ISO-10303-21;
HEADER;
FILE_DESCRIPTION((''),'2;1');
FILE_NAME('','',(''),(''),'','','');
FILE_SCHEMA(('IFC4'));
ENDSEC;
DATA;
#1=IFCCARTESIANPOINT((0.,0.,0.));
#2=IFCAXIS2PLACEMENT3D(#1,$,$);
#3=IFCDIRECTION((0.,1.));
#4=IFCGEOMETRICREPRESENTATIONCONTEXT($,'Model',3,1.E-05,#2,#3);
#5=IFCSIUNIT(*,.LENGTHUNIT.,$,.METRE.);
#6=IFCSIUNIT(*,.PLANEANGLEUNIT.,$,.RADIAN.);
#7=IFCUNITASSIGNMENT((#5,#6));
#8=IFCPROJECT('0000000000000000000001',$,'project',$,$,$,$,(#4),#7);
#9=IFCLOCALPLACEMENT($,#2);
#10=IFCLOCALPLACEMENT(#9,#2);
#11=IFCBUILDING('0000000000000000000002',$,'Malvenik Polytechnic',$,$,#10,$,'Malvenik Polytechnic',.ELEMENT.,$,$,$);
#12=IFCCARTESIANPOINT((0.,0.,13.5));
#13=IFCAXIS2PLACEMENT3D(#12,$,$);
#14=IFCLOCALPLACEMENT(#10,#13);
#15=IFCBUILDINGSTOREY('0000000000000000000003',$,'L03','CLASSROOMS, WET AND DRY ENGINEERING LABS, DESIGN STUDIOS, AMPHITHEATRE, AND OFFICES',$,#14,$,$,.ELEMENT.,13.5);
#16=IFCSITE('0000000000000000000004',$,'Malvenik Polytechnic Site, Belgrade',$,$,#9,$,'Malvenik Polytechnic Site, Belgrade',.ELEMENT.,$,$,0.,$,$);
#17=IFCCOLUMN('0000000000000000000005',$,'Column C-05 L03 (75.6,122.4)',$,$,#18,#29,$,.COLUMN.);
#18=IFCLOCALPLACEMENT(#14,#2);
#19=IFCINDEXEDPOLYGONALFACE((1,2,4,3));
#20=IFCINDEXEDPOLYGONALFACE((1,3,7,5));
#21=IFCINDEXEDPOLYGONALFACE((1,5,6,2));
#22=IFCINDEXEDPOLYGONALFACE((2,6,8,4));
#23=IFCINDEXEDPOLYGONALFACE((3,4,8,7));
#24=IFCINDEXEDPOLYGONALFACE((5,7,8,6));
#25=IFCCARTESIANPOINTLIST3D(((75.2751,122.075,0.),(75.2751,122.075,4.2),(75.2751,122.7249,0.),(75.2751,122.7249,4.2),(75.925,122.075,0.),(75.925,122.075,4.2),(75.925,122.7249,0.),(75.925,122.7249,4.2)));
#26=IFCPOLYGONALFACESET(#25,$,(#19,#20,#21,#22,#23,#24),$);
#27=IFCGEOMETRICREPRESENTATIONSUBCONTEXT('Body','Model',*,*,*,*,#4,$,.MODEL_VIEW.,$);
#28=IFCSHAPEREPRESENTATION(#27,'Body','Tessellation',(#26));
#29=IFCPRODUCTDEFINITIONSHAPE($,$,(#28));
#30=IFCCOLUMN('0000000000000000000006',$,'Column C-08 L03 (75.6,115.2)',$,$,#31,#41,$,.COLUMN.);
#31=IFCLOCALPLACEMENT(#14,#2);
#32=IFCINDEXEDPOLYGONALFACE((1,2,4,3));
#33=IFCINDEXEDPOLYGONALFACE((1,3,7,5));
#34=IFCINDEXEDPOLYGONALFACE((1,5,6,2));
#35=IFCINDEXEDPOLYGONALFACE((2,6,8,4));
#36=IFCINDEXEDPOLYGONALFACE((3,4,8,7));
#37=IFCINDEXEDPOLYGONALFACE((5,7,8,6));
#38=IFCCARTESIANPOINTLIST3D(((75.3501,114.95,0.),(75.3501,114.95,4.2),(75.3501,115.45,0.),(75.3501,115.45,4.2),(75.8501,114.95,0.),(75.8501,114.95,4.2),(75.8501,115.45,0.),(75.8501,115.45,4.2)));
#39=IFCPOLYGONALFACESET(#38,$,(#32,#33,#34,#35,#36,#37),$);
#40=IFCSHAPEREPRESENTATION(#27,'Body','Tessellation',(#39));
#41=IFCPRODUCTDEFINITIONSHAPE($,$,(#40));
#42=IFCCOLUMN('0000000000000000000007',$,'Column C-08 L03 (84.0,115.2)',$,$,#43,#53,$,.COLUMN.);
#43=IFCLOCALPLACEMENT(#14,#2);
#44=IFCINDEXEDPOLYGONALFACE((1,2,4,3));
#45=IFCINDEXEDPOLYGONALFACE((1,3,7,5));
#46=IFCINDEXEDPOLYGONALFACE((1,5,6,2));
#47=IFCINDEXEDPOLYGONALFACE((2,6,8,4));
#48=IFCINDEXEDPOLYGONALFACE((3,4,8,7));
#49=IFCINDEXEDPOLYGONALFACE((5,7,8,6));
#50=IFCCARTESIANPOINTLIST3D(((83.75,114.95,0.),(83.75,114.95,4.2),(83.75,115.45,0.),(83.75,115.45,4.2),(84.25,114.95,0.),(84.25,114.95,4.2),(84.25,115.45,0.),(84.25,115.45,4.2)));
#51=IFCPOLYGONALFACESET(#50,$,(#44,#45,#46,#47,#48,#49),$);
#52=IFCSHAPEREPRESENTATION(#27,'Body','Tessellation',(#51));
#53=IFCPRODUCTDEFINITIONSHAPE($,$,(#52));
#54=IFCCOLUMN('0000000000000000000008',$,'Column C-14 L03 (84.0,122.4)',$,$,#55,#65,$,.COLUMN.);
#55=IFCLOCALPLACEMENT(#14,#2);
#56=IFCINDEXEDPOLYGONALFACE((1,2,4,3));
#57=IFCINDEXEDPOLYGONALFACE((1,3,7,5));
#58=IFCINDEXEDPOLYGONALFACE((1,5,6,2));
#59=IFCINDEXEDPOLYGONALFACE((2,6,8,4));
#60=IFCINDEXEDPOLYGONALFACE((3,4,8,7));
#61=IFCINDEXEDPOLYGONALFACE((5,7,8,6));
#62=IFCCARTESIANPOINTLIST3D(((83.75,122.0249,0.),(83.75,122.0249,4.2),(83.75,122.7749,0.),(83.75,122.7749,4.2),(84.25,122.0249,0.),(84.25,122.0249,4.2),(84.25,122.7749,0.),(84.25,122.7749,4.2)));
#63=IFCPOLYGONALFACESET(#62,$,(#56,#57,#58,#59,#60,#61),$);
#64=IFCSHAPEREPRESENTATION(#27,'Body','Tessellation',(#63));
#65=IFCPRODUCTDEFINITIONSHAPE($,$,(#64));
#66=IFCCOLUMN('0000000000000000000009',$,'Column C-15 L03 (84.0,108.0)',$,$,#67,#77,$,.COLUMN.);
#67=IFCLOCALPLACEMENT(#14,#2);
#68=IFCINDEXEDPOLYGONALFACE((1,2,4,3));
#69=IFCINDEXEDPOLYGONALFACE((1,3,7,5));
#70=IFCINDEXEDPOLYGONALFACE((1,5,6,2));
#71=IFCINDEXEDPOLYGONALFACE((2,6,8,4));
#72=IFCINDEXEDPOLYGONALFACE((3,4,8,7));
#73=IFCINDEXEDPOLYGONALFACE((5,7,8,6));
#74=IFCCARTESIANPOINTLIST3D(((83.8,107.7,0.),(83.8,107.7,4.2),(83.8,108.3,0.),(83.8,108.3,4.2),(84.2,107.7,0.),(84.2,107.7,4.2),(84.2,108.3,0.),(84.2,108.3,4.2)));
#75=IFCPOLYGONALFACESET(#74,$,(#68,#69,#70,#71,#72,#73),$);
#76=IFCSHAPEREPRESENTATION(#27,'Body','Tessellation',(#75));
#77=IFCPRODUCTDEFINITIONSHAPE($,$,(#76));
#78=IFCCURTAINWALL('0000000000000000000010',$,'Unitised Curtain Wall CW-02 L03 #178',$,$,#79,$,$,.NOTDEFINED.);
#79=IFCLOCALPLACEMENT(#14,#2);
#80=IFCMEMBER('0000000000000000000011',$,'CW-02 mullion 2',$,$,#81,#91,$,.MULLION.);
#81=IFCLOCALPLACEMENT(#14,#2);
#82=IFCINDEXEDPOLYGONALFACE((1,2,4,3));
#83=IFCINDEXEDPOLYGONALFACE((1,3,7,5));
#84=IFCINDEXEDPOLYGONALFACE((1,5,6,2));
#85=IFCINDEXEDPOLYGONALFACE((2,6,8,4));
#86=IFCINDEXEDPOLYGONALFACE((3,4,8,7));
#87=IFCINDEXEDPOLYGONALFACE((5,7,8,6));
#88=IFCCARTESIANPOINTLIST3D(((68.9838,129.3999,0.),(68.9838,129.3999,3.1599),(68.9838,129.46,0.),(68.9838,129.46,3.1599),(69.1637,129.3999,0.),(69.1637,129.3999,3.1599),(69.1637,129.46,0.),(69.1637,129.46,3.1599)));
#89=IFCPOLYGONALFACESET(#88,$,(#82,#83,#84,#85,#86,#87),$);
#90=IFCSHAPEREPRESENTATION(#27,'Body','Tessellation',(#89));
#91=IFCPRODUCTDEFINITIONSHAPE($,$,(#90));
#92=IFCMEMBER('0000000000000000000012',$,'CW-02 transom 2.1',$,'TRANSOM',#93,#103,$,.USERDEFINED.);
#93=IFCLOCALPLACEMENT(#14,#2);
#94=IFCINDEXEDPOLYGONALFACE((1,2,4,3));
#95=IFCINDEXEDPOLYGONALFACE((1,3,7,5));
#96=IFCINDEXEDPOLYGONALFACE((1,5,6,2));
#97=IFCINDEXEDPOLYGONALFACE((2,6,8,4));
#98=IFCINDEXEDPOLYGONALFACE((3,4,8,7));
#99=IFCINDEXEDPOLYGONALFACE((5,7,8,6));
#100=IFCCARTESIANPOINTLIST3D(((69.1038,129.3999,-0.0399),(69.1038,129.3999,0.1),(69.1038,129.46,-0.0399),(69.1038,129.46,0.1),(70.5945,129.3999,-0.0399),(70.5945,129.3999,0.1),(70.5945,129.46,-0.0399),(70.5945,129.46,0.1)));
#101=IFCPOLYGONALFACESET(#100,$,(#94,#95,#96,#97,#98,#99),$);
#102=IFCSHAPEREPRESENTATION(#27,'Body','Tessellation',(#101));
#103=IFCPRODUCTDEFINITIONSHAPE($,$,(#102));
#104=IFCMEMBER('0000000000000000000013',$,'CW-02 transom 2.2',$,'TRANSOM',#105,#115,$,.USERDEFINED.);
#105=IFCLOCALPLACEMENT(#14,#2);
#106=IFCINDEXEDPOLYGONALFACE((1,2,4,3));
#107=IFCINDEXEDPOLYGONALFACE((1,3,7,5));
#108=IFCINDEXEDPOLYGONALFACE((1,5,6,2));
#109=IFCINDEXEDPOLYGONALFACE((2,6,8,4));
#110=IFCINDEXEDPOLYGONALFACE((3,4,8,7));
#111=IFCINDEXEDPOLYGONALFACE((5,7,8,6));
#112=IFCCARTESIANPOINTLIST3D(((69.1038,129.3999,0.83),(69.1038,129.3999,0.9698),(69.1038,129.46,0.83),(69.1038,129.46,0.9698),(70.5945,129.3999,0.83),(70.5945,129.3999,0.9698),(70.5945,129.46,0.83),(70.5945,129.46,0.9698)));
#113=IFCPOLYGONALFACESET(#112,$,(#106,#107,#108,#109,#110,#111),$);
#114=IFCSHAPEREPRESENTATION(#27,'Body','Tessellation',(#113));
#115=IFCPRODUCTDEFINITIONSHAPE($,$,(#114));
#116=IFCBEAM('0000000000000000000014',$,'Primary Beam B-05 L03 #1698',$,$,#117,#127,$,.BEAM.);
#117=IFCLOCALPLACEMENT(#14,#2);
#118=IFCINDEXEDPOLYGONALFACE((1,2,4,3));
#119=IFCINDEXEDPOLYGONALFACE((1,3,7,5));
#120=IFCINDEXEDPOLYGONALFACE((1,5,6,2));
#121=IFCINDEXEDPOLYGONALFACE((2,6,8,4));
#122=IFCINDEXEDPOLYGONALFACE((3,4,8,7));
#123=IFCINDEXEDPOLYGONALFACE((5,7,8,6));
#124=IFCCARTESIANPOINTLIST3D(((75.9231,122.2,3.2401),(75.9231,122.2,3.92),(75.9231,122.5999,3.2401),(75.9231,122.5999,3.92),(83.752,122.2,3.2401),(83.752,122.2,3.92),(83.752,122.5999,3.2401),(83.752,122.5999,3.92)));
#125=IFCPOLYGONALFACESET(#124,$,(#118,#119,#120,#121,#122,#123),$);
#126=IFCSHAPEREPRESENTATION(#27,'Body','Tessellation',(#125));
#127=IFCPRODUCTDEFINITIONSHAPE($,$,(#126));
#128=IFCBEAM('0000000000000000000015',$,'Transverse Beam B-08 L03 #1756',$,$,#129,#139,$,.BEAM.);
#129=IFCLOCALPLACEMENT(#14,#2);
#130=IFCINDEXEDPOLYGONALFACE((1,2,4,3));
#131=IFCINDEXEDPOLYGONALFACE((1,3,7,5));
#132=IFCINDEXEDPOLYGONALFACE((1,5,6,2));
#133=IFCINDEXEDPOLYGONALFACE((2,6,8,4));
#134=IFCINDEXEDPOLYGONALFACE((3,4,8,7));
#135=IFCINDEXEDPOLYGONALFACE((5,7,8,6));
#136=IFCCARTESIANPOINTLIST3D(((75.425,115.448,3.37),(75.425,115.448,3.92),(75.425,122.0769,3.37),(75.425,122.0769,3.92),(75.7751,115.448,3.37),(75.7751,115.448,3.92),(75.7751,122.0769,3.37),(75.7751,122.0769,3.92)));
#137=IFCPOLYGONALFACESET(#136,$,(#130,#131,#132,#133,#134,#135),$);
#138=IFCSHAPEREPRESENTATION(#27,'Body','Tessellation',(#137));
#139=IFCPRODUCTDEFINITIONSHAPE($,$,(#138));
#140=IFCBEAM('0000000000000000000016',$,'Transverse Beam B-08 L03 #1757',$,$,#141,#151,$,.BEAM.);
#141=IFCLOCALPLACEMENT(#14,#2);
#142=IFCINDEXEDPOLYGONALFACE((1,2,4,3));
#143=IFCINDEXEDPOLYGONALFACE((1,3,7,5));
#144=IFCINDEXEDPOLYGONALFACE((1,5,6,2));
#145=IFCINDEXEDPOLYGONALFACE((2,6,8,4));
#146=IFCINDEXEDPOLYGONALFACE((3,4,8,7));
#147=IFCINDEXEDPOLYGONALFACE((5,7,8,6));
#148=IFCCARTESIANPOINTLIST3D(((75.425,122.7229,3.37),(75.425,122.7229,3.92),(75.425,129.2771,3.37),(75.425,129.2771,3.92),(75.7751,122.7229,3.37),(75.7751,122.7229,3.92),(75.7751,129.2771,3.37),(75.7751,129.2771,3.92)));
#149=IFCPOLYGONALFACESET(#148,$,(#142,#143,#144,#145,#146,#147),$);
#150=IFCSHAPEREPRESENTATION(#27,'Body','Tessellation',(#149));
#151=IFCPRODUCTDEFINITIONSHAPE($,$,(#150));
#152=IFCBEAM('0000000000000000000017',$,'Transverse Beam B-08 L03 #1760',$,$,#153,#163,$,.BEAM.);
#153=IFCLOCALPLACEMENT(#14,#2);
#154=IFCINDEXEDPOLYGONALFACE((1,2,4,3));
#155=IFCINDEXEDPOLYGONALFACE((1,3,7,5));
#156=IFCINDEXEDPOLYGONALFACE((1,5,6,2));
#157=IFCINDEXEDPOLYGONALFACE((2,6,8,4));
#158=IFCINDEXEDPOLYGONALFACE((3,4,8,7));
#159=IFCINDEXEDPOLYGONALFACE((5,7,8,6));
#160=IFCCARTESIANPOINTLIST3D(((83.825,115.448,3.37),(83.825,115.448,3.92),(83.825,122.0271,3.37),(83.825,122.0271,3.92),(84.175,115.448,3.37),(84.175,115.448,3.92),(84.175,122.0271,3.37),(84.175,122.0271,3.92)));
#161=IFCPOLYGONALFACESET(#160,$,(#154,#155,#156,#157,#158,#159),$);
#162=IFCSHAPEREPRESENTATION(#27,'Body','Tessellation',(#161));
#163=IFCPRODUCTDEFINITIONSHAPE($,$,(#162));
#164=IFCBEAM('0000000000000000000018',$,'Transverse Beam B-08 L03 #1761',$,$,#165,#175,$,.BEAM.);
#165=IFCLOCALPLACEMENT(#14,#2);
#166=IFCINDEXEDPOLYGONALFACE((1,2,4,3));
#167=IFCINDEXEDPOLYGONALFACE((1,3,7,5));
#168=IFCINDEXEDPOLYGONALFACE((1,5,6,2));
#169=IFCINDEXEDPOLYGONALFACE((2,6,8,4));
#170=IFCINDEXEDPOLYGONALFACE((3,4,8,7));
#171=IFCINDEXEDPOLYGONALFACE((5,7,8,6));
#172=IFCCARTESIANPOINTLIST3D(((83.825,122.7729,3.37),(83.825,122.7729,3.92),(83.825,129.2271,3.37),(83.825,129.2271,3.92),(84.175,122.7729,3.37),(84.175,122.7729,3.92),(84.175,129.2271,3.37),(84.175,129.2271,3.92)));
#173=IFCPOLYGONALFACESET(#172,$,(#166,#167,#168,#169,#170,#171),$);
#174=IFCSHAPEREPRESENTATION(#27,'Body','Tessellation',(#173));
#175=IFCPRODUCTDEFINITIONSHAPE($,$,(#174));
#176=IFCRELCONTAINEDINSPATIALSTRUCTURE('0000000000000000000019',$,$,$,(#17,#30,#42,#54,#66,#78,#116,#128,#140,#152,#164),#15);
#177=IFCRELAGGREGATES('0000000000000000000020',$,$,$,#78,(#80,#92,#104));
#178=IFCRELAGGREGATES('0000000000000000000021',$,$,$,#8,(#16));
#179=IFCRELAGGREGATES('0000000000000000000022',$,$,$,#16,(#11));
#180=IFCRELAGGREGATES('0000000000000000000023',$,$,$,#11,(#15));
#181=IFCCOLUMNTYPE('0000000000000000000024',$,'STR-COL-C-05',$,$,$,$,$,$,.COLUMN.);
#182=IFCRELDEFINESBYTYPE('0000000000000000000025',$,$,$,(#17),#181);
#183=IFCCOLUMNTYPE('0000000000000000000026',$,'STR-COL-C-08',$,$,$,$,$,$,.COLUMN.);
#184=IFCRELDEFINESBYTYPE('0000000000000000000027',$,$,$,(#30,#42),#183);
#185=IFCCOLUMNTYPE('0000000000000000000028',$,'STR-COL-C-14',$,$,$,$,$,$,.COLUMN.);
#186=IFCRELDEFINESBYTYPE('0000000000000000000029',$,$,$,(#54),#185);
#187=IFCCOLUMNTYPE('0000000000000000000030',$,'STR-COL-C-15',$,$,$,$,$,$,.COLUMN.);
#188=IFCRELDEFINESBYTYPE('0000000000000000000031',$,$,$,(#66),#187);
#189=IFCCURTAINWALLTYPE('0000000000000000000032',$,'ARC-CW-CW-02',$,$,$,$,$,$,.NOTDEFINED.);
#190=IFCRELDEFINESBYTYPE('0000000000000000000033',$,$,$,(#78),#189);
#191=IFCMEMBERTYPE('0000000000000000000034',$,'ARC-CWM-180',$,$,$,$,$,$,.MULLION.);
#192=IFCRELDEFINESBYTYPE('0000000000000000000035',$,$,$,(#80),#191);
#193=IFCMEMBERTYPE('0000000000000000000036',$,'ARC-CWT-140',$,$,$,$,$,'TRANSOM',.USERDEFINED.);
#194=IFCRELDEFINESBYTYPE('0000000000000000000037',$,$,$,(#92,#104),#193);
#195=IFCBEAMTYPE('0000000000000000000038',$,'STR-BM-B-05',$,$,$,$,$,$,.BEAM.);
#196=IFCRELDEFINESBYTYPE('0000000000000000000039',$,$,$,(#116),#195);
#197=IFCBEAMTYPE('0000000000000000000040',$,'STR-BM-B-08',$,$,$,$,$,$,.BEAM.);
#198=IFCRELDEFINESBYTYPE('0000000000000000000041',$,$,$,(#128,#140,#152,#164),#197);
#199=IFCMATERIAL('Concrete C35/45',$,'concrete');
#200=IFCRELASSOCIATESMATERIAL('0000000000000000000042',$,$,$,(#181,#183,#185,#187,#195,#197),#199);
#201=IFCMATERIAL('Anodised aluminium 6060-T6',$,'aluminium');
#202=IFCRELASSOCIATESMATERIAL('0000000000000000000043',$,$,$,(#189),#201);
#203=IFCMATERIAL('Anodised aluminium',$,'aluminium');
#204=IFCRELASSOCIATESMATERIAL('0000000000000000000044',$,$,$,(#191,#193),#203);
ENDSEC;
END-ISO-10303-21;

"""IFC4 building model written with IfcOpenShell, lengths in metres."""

from ifc_helpers import new_model, si_unit, direction, frame, origin, origin_2d, place, context, subcontext, project, spatial, rectangle, extrude, material, material_profile, profile_set, type_object, element, aggregate, save


model = new_model("IFC4")

# Units and contexts
model_context = context("Model", 3, precision=1e-05, world=origin(), true_north=direction((0.0, 1.0)))
body_context = subcontext(model_context, "Body", "Model", "MODEL_VIEW")
ifc_project = project(units=[si_unit("LENGTHUNIT", "METRE"), si_unit("PLANEANGLEUNIT", "RADIAN")], contexts=[model_context])

# Site, building, storey
site_placement = place(None, origin())
site = spatial("IfcSite", under=ifc_project, at=site_placement, Name="Malvenik Polytechnic Site, Belgrade", LongName="Malvenik Polytechnic Site, Belgrade", CompositionType="ELEMENT", RefElevation=0.0)
building_placement = place(site_placement, origin())
building = spatial("IfcBuilding", under=site, at=building_placement, Name="Malvenik Polytechnic", LongName="Malvenik Polytechnic", CompositionType="ELEMENT")
storey_placement = place(building_placement, frame((0.0, 0.0, 13.5)))
storey = spatial("IfcBuildingStorey", under=building, at=storey_placement, Name="L03", Description="CLASSROOMS, WET AND DRY ENGINEERING LABS, DESIGN STUDIOS, AMPHITHEATRE, AND OFFICES", CompositionType="ELEMENT", Elevation=13.5)

# Columns
ifc_material_1 = material(Name="Concrete C35/45", Category="concrete")
ifc_material_profile_1 = material_profile(ifc_material_1, rectangle(XDim=0.6499, YDim=0.6499, at=origin_2d()), Name="RC COL 650x650")
ifc_profile_set_1 = profile_set([ifc_material_profile_1], Name="Concrete C35/45")
column_type_1 = type_object("IfcColumnType", Name="STR-COL-C-05", PredefinedType="COLUMN", material=ifc_profile_set_1)
column_1_placement = place(storey_placement, frame((75.6001, 122.3999, 0.0), z_axis=(0.0, 0.0, 1.0), x_axis=(1.0, 0.0, 0.0)))
element("IfcColumn", 1, at=column_1_placement, inside=storey, type_object=column_type_1, Name="Column C-05 L03 (75.6,122.4)", PredefinedType="COLUMN", context=body_context, shape_type="SweptSolid", body=[
    extrude(rectangle(XDim=0.6499, YDim=0.6499, at=origin_2d()), origin(), (0.0, 0.0, 1.0), 4.2),
])
ifc_material_profile_2 = material_profile(ifc_material_1, rectangle(XDim=0.5, YDim=0.5, at=origin_2d()), Name="RC COL 500x500")
ifc_profile_set_2 = profile_set([ifc_material_profile_2], Name="Concrete C35/45")
column_type_2 = type_object("IfcColumnType", Name="STR-COL-C-08", PredefinedType="COLUMN", material=ifc_profile_set_2)
for number, where, z_axis, x_axis, name in (
    (2, (75.6001, 115.2, 0.0), (0.0, 0.0, 1.0), (1.0, 0.0, 0.0), "Column C-08 L03 (75.6,115.2)"),
    (3, (84.0, 115.2, 0.0), (0.0, 0.0, 1.0), (1.0, 0.0, 0.0), "Column C-08 L03 (84.0,115.2)"),
):
    element("IfcColumn", number, at=place(storey_placement, frame(where, z_axis=z_axis, x_axis=x_axis)), inside=storey, type_object=column_type_2, Name=name, PredefinedType="COLUMN", context=body_context, shape_type="SweptSolid", body=[
        extrude(rectangle(XDim=0.5, YDim=0.5, at=origin_2d()), origin(), (0.0, 0.0, 1.0), 4.2),
    ])
ifc_material_profile_3 = material_profile(ifc_material_1, rectangle(XDim=0.5, YDim=0.75, at=origin_2d()), Name="RC COL 750x500")
ifc_profile_set_3 = profile_set([ifc_material_profile_3], Name="Concrete C35/45")
column_type_3 = type_object("IfcColumnType", Name="STR-COL-C-14", PredefinedType="COLUMN", material=ifc_profile_set_3)
column_2_placement = place(storey_placement, frame((84.0, 122.3999, 0.0), z_axis=(0.0, 0.0, 1.0), x_axis=(1.0, 0.0, 0.0)))
element("IfcColumn", 4, at=column_2_placement, inside=storey, type_object=column_type_3, Name="Column C-14 L03 (84.0,122.4)", PredefinedType="COLUMN", context=body_context, shape_type="SweptSolid", body=[
    extrude(rectangle(XDim=0.5, YDim=0.75, at=origin_2d()), origin(), (0.0, 0.0, 1.0), 4.2),
])
ifc_material_profile_4 = material_profile(ifc_material_1, rectangle(XDim=0.3999, YDim=0.6001, at=origin_2d()), Name="RC COL 600x400")
ifc_profile_set_4 = profile_set([ifc_material_profile_4], Name="Concrete C35/45")
column_type_4 = type_object("IfcColumnType", Name="STR-COL-C-15", PredefinedType="COLUMN", material=ifc_profile_set_4)
column_3_placement = place(storey_placement, frame((84.0, 108.0, 0.0), z_axis=(0.0, 0.0, 1.0), x_axis=(1.0, 0.0, 0.0)))
element("IfcColumn", 5, at=column_3_placement, inside=storey, type_object=column_type_4, Name="Column C-15 L03 (84.0,108.0)", PredefinedType="COLUMN", context=body_context, shape_type="SweptSolid", body=[
    extrude(rectangle(XDim=0.3999, YDim=0.6001, at=origin_2d()), origin(), (0.0, 0.0, 1.0), 4.2),
])

# Curtain wall, members
ifc_material_2 = material(Name="Anodised aluminium 6060-T6", Category="aluminium")
curtain_wall_type = type_object("IfcCurtainWallType", Name="ARC-CW-CW-02", PredefinedType="NOTDEFINED", material=ifc_material_2)
curtain_wall_placement = place(storey_placement, origin())
curtain_wall = element("IfcCurtainWall", 6, at=curtain_wall_placement, inside=storey, type_object=curtain_wall_type, Name="Unitised Curtain Wall CW-02 L03 #178", PredefinedType="NOTDEFINED")
ifc_material_3 = material(Name="Anodised aluminium", Category="aluminium")
ifc_material_profile_5 = material_profile(ifc_material_3, rectangle(XDim=0.0601, YDim=0.1799, at=origin_2d()), Name="ALU MULLION 60x180")
ifc_profile_set_5 = profile_set([ifc_material_profile_5], Name="Anodised aluminium")
member_type_1 = type_object("IfcMemberType", Name="ARC-CWM-180", PredefinedType="MULLION", material=ifc_profile_set_5)
member_1_placement = place(storey_placement, frame((69.0737, 129.4299, 0.0), z_axis=(0.0, 0.0, 1.0), x_axis=(0.0, 1.0, 0.0)))
member_1 = element("IfcMember", 7, at=member_1_placement, type_object=member_type_1, Name="CW-02 mullion 2", PredefinedType="MULLION", context=body_context, shape_type="SweptSolid", body=[
    extrude(rectangle(XDim=0.0601, YDim=0.1799, at=origin_2d()), origin(), (0.0, 0.0, 1.0), 3.1599),
])
ifc_material_profile_6 = material_profile(ifc_material_3, rectangle(XDim=0.0601, YDim=0.1399, at=origin_2d()), Name="ALU TRANSOM 60x140")
ifc_profile_set_6 = profile_set([ifc_material_profile_6], Name="Anodised aluminium")
member_type_2 = type_object("IfcMemberType", Name="ARC-CWT-140", ElementType="TRANSOM", PredefinedType="USERDEFINED", material=ifc_profile_set_6)
member_2_placement = place(storey_placement, frame((69.1038, 129.4299, 0.03), z_axis=(1.0, 0.0, 0.0), x_axis=(0.0, 1.0, 0.0)))
member_2 = element("IfcMember", 8, at=member_2_placement, type_object=member_type_2, Name="CW-02 transom 2.1", ObjectType="TRANSOM", PredefinedType="USERDEFINED", context=body_context, shape_type="SweptSolid", body=[
    extrude(rectangle(XDim=0.0601, YDim=0.1399, at=origin_2d()), origin(), (0.0, 0.0, 1.0), 1.4907),
])
member_3_placement = place(storey_placement, frame((69.1038, 129.4299, 0.8999), z_axis=(1.0, 0.0, 0.0), x_axis=(0.0, 1.0, 0.0)))
member_3 = element("IfcMember", 9, at=member_3_placement, type_object=member_type_2, Name="CW-02 transom 2.2", ObjectType="TRANSOM", PredefinedType="USERDEFINED", context=body_context, shape_type="SweptSolid", body=[
    extrude(rectangle(XDim=0.0601, YDim=0.1399, at=origin_2d()), origin(), (0.0, 0.0, 1.0), 1.4907),
])

# Beams
ifc_material_profile_7 = material_profile(ifc_material_1, rectangle(XDim=0.3999, YDim=0.6799, at=origin_2d()), Name="RC BM 400x680")
ifc_profile_set_7 = profile_set([ifc_material_profile_7], Name="Concrete C35/45")
beam_type_1 = type_object("IfcBeamType", Name="STR-BM-B-05", PredefinedType="BEAM", material=ifc_profile_set_7)
beam_1_placement = place(storey_placement, frame((75.9231, 122.3999, 3.5801), z_axis=(1.0, 0.0, 0.0), x_axis=(0.0, 1.0, 0.0)))
element("IfcBeam", 10, at=beam_1_placement, inside=storey, type_object=beam_type_1, Name="Primary Beam B-05 L03 #1698", PredefinedType="BEAM", context=body_context, shape_type="SweptSolid", body=[
    extrude(rectangle(XDim=0.3999, YDim=0.6799, at=origin_2d()), origin(), (0.0, 0.0, 1.0), 7.8289),
])
ifc_material_profile_8 = material_profile(ifc_material_1, rectangle(XDim=0.3501, YDim=0.55, at=origin_2d()), Name="RC BM 350x550")
ifc_profile_set_8 = profile_set([ifc_material_profile_8], Name="Concrete C35/45")
beam_type_2 = type_object("IfcBeamType", Name="STR-BM-B-08", PredefinedType="BEAM", material=ifc_profile_set_8)
beam_2_placement = place(storey_placement, frame((75.6001, 115.448, 3.645), z_axis=(0.0, 1.0, 0.0), x_axis=(-1.0, 0.0, 0.0)))
element("IfcBeam", 11, at=beam_2_placement, inside=storey, type_object=beam_type_2, Name="Transverse Beam B-08 L03 #1756", PredefinedType="BEAM", context=body_context, shape_type="SweptSolid", body=[
    extrude(rectangle(XDim=0.3501, YDim=0.55, at=origin_2d()), origin(), (0.0, 0.0, 1.0), 6.6289),
])
beam_3_placement = place(storey_placement, frame((75.6001, 122.7229, 3.645), z_axis=(0.0, 1.0, 0.0), x_axis=(-1.0, 0.0, 0.0)))
element("IfcBeam", 12, at=beam_3_placement, inside=storey, type_object=beam_type_2, Name="Transverse Beam B-08 L03 #1757", PredefinedType="BEAM", context=body_context, shape_type="SweptSolid", body=[
    extrude(rectangle(XDim=0.3501, YDim=0.55, at=origin_2d()), origin(), (0.0, 0.0, 1.0), 6.5542),
])
beam_4_placement = place(storey_placement, frame((84.0, 115.448, 3.645), z_axis=(0.0, 1.0, 0.0), x_axis=(-1.0, 0.0, 0.0)))
element("IfcBeam", 13, at=beam_4_placement, inside=storey, type_object=beam_type_2, Name="Transverse Beam B-08 L03 #1760", PredefinedType="BEAM", context=body_context, shape_type="SweptSolid", body=[
    extrude(rectangle(XDim=0.3501, YDim=0.55, at=origin_2d()), origin(), (0.0, 0.0, 1.0), 6.5791),
])
beam_5_placement = place(storey_placement, frame((84.0, 122.7729, 3.645), z_axis=(0.0, 1.0, 0.0), x_axis=(-1.0, 0.0, 0.0)))
element("IfcBeam", 14, at=beam_5_placement, inside=storey, type_object=beam_type_2, Name="Transverse Beam B-08 L03 #1761", PredefinedType="BEAM", context=body_context, shape_type="SweptSolid", body=[
    extrude(rectangle(XDim=0.3501, YDim=0.55, at=origin_2d()), origin(), (0.0, 0.0, 1.0), 6.4541),
])

aggregate(curtain_wall, [member_1, member_2, member_3])

save(model, "model.ifc")
